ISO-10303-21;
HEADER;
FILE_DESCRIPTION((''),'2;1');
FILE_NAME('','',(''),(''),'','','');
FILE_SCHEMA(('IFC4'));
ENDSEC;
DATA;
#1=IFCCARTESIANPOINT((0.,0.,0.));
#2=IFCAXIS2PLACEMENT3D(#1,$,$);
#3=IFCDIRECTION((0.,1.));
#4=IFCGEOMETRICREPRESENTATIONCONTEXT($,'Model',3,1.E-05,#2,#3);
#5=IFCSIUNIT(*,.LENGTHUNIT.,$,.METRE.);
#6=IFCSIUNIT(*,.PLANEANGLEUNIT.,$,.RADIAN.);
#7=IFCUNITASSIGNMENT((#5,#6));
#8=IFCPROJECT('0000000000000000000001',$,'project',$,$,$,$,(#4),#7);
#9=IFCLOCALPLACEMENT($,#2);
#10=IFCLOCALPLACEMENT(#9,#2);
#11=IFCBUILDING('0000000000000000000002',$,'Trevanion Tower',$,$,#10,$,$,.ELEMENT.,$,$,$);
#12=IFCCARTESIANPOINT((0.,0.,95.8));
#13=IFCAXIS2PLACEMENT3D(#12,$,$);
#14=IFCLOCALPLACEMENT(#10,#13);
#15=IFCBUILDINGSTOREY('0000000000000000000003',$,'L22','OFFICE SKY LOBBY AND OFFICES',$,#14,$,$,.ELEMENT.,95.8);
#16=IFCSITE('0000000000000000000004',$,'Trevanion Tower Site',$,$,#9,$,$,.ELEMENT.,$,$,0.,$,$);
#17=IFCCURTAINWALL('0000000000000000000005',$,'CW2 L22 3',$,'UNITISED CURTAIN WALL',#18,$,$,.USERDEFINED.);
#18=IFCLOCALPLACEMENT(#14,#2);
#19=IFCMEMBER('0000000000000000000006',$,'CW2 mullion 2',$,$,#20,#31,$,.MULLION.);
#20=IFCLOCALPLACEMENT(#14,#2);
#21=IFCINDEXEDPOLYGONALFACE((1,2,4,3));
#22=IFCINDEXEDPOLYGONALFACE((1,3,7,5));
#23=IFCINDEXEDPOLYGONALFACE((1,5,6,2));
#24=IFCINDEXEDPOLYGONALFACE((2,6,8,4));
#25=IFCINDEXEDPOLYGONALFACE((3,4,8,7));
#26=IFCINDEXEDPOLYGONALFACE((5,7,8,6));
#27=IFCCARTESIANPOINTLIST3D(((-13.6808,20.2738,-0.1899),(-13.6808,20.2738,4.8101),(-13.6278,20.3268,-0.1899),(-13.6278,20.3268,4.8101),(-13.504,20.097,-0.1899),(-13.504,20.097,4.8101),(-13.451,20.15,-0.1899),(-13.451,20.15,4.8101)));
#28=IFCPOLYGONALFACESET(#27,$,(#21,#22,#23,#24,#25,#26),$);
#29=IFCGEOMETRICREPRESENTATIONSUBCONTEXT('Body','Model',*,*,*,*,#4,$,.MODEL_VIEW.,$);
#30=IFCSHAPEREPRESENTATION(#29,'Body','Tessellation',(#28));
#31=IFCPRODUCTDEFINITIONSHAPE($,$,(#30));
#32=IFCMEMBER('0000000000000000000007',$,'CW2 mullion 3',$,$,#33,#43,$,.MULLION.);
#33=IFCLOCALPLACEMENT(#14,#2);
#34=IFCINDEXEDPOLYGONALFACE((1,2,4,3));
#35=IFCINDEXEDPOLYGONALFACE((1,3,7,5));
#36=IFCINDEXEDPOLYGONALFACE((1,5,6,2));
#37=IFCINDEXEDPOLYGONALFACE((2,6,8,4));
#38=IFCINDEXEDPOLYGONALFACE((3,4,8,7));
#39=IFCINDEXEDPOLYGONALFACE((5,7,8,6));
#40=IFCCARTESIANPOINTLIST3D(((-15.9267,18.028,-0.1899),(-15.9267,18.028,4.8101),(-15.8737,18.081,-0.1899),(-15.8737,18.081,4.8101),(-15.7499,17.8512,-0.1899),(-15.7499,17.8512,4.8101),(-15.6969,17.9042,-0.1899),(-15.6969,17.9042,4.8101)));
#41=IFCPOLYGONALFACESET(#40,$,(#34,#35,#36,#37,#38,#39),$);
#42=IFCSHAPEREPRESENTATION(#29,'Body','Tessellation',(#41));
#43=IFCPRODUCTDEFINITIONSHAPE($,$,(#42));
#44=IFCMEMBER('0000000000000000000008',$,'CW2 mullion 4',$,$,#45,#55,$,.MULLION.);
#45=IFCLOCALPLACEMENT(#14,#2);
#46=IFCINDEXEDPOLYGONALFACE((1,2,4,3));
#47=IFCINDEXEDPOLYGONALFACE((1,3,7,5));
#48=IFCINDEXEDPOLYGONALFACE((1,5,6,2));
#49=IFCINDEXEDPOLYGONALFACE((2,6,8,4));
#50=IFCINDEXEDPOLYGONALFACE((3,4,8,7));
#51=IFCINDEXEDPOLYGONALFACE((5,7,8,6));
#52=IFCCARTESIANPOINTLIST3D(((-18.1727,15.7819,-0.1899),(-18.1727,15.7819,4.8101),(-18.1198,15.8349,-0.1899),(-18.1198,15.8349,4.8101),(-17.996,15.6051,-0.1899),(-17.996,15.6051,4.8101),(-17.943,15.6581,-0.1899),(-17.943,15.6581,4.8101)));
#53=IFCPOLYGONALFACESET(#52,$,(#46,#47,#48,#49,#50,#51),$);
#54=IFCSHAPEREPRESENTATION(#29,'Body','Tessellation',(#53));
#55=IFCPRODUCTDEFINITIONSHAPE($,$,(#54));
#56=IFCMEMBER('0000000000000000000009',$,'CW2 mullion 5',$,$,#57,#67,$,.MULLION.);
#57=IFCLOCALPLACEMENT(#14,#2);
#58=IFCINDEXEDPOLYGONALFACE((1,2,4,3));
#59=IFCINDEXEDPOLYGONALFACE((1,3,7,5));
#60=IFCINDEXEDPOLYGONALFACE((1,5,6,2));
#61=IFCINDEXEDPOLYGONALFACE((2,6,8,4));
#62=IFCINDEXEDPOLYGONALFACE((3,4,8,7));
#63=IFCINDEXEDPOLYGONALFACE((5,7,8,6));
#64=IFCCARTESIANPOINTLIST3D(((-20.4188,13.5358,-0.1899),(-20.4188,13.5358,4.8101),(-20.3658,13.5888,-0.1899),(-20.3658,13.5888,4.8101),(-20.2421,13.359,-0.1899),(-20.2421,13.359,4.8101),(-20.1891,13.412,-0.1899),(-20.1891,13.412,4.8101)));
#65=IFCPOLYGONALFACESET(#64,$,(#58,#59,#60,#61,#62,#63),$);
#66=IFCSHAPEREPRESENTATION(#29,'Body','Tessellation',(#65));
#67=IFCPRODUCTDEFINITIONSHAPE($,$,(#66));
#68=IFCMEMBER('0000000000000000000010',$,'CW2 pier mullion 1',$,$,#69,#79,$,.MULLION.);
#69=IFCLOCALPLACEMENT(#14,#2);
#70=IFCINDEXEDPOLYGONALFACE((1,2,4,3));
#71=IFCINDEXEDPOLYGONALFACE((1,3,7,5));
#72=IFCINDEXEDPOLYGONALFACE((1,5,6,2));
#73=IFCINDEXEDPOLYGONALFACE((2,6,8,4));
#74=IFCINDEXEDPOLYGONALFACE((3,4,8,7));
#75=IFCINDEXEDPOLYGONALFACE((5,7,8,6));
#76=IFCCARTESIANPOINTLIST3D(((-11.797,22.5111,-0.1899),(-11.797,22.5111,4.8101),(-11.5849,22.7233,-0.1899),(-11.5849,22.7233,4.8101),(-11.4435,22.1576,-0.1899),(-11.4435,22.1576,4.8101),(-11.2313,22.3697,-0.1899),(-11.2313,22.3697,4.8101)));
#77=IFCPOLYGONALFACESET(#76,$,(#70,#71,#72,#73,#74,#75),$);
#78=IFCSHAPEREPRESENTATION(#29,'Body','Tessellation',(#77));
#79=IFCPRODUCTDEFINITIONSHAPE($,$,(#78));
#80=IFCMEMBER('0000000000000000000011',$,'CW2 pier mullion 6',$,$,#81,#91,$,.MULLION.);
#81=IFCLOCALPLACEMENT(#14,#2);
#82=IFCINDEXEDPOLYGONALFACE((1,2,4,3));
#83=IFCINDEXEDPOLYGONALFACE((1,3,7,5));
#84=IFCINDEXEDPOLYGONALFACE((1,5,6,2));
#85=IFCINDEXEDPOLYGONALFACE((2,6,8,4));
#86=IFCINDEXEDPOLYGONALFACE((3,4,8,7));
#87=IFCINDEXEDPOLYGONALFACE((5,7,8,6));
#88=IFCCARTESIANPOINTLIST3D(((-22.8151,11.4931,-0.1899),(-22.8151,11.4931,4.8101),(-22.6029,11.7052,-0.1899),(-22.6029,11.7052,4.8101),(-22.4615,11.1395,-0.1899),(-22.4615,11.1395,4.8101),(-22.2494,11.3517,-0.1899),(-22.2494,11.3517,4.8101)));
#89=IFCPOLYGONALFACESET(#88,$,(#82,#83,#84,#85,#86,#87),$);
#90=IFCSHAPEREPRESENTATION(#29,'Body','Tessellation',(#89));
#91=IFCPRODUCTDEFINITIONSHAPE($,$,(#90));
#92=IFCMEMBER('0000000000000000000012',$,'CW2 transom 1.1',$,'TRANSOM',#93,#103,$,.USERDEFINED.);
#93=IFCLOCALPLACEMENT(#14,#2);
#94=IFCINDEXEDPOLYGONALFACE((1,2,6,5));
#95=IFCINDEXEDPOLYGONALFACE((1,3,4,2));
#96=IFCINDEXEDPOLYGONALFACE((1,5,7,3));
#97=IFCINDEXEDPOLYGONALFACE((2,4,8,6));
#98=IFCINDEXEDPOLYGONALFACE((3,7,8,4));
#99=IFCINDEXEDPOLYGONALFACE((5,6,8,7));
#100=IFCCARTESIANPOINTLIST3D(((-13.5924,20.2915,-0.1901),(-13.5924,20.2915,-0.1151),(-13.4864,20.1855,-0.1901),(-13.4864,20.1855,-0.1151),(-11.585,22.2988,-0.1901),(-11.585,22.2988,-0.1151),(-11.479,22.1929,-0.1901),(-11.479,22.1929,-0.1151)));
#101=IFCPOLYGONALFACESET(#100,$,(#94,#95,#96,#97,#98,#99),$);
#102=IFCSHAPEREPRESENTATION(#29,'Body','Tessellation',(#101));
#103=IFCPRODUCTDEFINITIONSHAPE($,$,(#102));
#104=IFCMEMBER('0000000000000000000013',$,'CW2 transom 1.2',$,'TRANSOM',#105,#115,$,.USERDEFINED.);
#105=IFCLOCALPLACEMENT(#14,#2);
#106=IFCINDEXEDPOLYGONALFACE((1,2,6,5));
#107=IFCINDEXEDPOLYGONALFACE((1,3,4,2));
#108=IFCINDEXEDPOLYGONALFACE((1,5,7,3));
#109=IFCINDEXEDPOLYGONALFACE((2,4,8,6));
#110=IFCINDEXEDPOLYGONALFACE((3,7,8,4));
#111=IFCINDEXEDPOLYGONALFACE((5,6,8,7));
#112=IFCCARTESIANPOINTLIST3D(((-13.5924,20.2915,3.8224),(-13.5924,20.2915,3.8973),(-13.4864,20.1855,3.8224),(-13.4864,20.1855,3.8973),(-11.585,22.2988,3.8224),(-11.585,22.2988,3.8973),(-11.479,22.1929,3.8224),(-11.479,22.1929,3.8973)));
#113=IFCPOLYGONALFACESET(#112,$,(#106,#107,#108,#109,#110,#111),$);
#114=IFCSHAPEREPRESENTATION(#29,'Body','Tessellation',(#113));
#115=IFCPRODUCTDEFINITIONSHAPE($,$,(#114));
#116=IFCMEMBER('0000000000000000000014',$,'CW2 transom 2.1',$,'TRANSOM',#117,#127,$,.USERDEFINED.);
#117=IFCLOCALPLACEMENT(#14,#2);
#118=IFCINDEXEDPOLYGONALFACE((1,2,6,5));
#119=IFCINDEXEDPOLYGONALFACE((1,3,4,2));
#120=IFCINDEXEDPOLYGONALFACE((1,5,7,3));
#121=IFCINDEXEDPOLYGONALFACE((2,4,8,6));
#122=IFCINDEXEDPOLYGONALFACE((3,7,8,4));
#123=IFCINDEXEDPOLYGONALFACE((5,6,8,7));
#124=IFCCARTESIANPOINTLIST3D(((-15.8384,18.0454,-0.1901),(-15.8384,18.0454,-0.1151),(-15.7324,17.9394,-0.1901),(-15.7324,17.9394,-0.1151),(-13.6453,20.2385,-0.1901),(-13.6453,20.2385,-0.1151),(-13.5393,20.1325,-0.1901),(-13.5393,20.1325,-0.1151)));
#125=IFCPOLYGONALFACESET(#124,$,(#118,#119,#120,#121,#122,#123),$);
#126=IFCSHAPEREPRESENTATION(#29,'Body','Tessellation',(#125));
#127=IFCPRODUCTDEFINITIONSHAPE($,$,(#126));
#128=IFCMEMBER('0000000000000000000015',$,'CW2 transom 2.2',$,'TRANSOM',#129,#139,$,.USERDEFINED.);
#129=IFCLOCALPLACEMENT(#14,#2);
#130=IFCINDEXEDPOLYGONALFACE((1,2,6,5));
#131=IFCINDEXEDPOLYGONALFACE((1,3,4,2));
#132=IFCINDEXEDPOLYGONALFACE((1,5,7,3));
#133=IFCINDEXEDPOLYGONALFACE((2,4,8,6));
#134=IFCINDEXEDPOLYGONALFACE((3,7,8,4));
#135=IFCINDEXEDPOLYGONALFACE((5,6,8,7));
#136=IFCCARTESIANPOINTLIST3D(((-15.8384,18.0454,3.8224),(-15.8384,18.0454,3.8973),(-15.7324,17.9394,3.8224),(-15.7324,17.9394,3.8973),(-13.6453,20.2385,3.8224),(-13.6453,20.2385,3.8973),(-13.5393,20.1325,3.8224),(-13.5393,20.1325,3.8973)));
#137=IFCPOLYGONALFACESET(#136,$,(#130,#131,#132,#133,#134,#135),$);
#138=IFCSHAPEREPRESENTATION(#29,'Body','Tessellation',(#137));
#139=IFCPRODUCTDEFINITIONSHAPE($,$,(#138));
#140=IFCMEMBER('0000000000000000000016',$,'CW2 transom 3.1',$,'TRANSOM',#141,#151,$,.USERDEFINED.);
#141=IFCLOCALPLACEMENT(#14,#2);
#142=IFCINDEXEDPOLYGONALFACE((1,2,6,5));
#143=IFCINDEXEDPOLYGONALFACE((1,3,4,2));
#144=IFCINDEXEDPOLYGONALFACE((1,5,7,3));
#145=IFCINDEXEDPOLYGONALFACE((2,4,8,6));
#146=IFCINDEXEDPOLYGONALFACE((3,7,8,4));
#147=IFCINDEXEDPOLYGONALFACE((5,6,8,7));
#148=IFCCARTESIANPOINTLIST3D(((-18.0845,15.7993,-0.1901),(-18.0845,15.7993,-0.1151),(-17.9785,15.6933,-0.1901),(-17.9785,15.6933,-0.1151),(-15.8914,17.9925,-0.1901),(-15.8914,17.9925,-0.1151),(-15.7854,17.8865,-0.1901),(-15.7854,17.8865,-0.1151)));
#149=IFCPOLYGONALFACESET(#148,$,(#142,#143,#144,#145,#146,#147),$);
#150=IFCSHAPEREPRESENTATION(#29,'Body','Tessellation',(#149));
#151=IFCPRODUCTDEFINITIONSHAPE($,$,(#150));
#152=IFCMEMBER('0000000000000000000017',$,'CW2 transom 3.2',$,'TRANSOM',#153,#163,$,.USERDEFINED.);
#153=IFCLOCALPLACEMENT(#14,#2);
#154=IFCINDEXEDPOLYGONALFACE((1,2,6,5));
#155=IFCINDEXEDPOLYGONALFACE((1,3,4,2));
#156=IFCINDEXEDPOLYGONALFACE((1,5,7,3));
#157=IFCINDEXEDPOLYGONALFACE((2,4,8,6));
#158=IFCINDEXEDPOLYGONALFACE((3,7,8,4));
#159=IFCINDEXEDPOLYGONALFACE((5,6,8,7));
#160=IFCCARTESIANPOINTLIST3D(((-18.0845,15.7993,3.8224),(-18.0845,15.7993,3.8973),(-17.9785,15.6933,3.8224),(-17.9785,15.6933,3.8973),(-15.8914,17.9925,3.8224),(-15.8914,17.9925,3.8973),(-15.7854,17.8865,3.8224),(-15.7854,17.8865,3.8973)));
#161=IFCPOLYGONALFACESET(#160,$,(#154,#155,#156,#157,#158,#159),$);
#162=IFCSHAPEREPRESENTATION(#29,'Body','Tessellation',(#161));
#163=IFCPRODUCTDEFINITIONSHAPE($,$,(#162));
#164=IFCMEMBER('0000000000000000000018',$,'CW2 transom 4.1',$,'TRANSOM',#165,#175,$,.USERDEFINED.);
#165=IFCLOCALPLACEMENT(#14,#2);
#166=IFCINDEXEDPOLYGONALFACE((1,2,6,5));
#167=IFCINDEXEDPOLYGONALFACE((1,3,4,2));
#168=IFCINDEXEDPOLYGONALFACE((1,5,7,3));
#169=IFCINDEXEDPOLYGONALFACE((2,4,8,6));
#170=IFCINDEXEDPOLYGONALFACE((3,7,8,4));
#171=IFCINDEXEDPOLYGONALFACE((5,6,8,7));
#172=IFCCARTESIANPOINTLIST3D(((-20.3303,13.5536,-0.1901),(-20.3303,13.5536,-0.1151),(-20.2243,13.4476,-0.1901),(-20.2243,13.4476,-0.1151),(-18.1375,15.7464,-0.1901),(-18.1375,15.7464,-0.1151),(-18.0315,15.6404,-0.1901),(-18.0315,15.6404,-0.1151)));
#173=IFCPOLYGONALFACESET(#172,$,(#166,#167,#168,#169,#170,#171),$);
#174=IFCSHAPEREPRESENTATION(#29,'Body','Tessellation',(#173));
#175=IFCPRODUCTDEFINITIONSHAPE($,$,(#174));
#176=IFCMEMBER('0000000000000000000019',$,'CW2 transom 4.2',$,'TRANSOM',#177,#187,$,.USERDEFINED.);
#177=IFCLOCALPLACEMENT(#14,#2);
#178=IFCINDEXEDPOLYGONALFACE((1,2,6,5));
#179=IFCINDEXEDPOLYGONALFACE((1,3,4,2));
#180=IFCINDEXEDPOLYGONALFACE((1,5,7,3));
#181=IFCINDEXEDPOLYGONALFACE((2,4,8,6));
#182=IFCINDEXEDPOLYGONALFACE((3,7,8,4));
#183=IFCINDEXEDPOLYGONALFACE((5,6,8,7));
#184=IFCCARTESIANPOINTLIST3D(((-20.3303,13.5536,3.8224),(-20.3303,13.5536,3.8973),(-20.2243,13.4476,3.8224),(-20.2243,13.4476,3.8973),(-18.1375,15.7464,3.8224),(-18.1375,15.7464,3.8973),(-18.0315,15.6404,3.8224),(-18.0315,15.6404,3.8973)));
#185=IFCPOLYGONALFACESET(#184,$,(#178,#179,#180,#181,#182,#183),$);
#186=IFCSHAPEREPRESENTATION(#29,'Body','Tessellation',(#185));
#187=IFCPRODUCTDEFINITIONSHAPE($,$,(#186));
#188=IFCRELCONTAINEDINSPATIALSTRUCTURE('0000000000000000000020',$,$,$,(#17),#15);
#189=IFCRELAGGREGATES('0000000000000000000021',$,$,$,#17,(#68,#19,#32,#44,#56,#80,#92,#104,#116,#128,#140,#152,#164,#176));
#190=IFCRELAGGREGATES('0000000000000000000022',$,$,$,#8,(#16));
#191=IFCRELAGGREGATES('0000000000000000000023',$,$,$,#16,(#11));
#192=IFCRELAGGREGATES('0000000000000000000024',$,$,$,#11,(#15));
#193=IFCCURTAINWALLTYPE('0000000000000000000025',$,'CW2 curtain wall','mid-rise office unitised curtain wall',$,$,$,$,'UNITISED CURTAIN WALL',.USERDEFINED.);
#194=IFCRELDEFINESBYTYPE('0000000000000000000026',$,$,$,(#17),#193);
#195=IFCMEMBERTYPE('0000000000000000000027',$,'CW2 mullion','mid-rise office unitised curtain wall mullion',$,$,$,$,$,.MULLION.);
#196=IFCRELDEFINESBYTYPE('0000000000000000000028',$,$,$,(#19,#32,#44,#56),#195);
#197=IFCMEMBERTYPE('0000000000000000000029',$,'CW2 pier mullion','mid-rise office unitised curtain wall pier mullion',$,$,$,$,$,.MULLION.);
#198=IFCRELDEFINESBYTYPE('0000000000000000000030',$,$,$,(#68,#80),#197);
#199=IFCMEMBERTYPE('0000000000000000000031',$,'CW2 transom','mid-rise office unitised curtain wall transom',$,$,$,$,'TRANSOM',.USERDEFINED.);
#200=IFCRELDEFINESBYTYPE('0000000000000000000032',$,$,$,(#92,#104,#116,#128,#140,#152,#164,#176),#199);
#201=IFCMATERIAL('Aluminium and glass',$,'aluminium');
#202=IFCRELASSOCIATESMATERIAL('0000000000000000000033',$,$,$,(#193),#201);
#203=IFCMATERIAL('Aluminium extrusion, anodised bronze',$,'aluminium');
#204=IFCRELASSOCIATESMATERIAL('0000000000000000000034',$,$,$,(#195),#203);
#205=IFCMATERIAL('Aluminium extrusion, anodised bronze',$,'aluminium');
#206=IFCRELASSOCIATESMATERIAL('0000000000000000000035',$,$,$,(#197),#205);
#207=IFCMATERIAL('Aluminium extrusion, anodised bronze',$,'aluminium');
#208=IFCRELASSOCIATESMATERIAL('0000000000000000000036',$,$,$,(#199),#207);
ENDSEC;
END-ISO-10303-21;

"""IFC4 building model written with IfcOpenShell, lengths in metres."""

from ifc_helpers import new_model, si_unit, direction, frame, origin, origin_2d, place, context, subcontext, project, spatial, rectangle, extrude, material, material_profile, profile_set, type_object, element, aggregate, save


model = new_model("IFC4")

# Units and contexts
model_context = context("Model", 3, precision=1e-05, world=origin(), true_north=direction((0.0, 1.0)))
body_context = subcontext(model_context, "Body", "Model", "MODEL_VIEW")
ifc_project = project(units=[si_unit("LENGTHUNIT", "METRE"), si_unit("PLANEANGLEUNIT", "RADIAN")], contexts=[model_context])

# Site, building, storey
site_placement = place(None, origin())
site = spatial("IfcSite", under=ifc_project, at=site_placement, Name="Trevanion Tower Site", CompositionType="ELEMENT", RefElevation=0.0)
building_placement = place(site_placement, origin())
building = spatial("IfcBuilding", under=site, at=building_placement, Name="Trevanion Tower", CompositionType="ELEMENT")
storey_placement = place(building_placement, frame((0.0, 0.0, 95.8)))
storey = spatial("IfcBuildingStorey", under=building, at=storey_placement, Name="L22", Description="OFFICE SKY LOBBY AND OFFICES", CompositionType="ELEMENT", Elevation=95.8)

# Curtain wall, members
ifc_material_1 = material(Name="Aluminium and glass", Category="aluminium")
curtain_wall_type = type_object("IfcCurtainWallType", Name="CW2 curtain wall", Description="mid-rise office unitised curtain wall", ElementType="UNITISED CURTAIN WALL", PredefinedType="USERDEFINED", material=ifc_material_1)
curtain_wall_placement = place(storey_placement, origin())
curtain_wall = element("IfcCurtainWall", 1, at=curtain_wall_placement, inside=storey, type_object=curtain_wall_type, Name="CW2 L22 3", ObjectType="UNITISED CURTAIN WALL", PredefinedType="USERDEFINED")
ifc_material_2 = material(Name="Aluminium extrusion, anodised bronze", Category="aluminium")
ifc_material_profile_1 = material_profile(ifc_material_2, rectangle(XDim=0.075, YDim=0.25, at=origin_2d()), Name="CW2 mullion")
ifc_profile_set_1 = profile_set([ifc_material_profile_1], Name="Aluminium extrusion, anodised bronze")
member_type_1 = type_object("IfcMemberType", Name="CW2 mullion", Description="mid-rise office unitised curtain wall mullion", PredefinedType="MULLION", material=ifc_profile_set_1)
member_1_placement = place(storey_placement, frame((-13.5659, 20.2119, -0.1899), z_axis=(0.0, 0.0, 1.0), x_axis=(-0.707107, -0.707107, 0.0)))
member_1 = element("IfcMember", 2, at=member_1_placement, type_object=member_type_1, Name="CW2 mullion 2", PredefinedType="MULLION", context=body_context, shape_type="SweptSolid", body=[
    extrude(rectangle(XDim=0.075, YDim=0.25, at=origin_2d()), origin(), (0.0, 0.0, 1.0), 5.0),
])
member_2_placement = place(storey_placement, frame((-15.8118, 17.9661, -0.1899), z_axis=(0.0, 0.0, 1.0), x_axis=(-0.707107, -0.707107, 0.0)))
member_2 = element("IfcMember", 3, at=member_2_placement, type_object=member_type_1, Name="CW2 mullion 3", PredefinedType="MULLION", context=body_context, shape_type="SweptSolid", body=[
    extrude(rectangle(XDim=0.075, YDim=0.25, at=origin_2d()), origin(), (0.0, 0.0, 1.0), 5.0),
])
member_3_placement = place(storey_placement, frame((-18.0579, 15.72, -0.1899), z_axis=(0.0, 0.0, 1.0), x_axis=(-0.707107, -0.707107, 0.0)))
member_3 = element("IfcMember", 4, at=member_3_placement, type_object=member_type_1, Name="CW2 mullion 4", PredefinedType="MULLION", context=body_context, shape_type="SweptSolid", body=[
    extrude(rectangle(XDim=0.075, YDim=0.25, at=origin_2d()), origin(), (0.0, 0.0, 1.0), 5.0),
])
member_4_placement = place(storey_placement, frame((-20.304, 13.4739, -0.1899), z_axis=(0.0, 0.0, 1.0), x_axis=(-0.707107, -0.707107, 0.0)))
member_4 = element("IfcMember", 5, at=member_4_placement, type_object=member_type_1, Name="CW2 mullion 5", PredefinedType="MULLION", context=body_context, shape_type="SweptSolid", body=[
    extrude(rectangle(XDim=0.075, YDim=0.25, at=origin_2d()), origin(), (0.0, 0.0, 1.0), 5.0),
])
ifc_material_3 = material(Name="Aluminium extrusion, anodised bronze", Category="aluminium")
ifc_material_profile_2 = material_profile(ifc_material_3, rectangle(XDim=0.3, YDim=0.5, at=origin_2d()), Name="CW2 pier mullion")
ifc_profile_set_2 = profile_set([ifc_material_profile_2], Name="Aluminium extrusion, anodised bronze")
member_type_2 = type_object("IfcMemberType", Name="CW2 pier mullion", Description="mid-rise office unitised curtain wall pier mullion", PredefinedType="MULLION", material=ifc_profile_set_2)
member_5_placement = place(storey_placement, frame((-11.5142, 22.4404, -0.1899), z_axis=(0.0, 0.0, 1.0), x_axis=(-0.707107, -0.707107, 0.0)))
member_5 = element("IfcMember", 6, at=member_5_placement, type_object=member_type_2, Name="CW2 pier mullion 1", PredefinedType="MULLION", context=body_context, shape_type="SweptSolid", body=[
    extrude(rectangle(XDim=0.3, YDim=0.5, at=origin_2d()), origin(), (0.0, 0.0, 1.0), 5.0),
])
member_6_placement = place(storey_placement, frame((-22.5322, 11.4224, -0.1899), z_axis=(0.0, 0.0, 1.0), x_axis=(-0.707107, -0.707107, 0.0)))
member_6 = element("IfcMember", 7, at=member_6_placement, type_object=member_type_2, Name="CW2 pier mullion 6", PredefinedType="MULLION", context=body_context, shape_type="SweptSolid", body=[
    extrude(rectangle(XDim=0.3, YDim=0.5, at=origin_2d()), origin(), (0.0, 0.0, 1.0), 5.0),
])
ifc_material_4 = material(Name="Aluminium extrusion, anodised bronze", Category="aluminium")
ifc_material_profile_3 = material_profile(ifc_material_4, rectangle(XDim=0.1499, YDim=0.075, at=origin_2d()), Name="CW2 transom")
ifc_profile_set_3 = profile_set([ifc_material_profile_3], Name="Aluminium extrusion, anodised bronze")
member_type_3 = type_object("IfcMemberType", Name="CW2 transom", Description="mid-rise office unitised curtain wall transom", ElementType="TRANSOM", PredefinedType="USERDEFINED", material=ifc_profile_set_3)
member_7_placement = place(storey_placement, frame((-11.532, 22.2458, -0.1526), z_axis=(-0.707107, -0.707107, 0.0), x_axis=(0.707107, -0.707107, 0.0)))
member_7 = element("IfcMember", 8, at=member_7_placement, type_object=member_type_3, Name="CW2 transom 1.1", ObjectType="TRANSOM", PredefinedType="USERDEFINED", context=body_context, shape_type="SweptSolid", body=[
    extrude(rectangle(XDim=0.1499, YDim=0.075, at=origin_2d()), origin(), (0.0, 0.0, 1.0), 2.8389),
])
member_8_placement = place(storey_placement, frame((-11.532, 22.2458, 3.8599), z_axis=(-0.707107, -0.707107, 0.0), x_axis=(0.707107, -0.707107, 0.0)))
member_8 = element("IfcMember", 9, at=member_8_placement, type_object=member_type_3, Name="CW2 transom 1.2", ObjectType="TRANSOM", PredefinedType="USERDEFINED", context=body_context, shape_type="SweptSolid", body=[
    extrude(rectangle(XDim=0.1499, YDim=0.075, at=origin_2d()), origin(), (0.0, 0.0, 1.0), 2.8389),
])
member_9_placement = place(storey_placement, frame((-13.5923, 20.1855, -0.1526), z_axis=(-0.707107, -0.707107, 0.0), x_axis=(0.707107, -0.707107, 0.0)))
member_9 = element("IfcMember", 10, at=member_9_placement, type_object=member_type_3, Name="CW2 transom 2.1", ObjectType="TRANSOM", PredefinedType="USERDEFINED", context=body_context, shape_type="SweptSolid", body=[
    extrude(rectangle(XDim=0.1499, YDim=0.075, at=origin_2d()), origin(), (0.0, 0.0, 1.0), 3.1016),
])
member_10_placement = place(storey_placement, frame((-13.5923, 20.1855, 3.8599), z_axis=(-0.707107, -0.707107, 0.0), x_axis=(0.707107, -0.707107, 0.0)))
member_10 = element("IfcMember", 11, at=member_10_placement, type_object=member_type_3, Name="CW2 transom 2.2", ObjectType="TRANSOM", PredefinedType="USERDEFINED", context=body_context, shape_type="SweptSolid", body=[
    extrude(rectangle(XDim=0.1499, YDim=0.075, at=origin_2d()), origin(), (0.0, 0.0, 1.0), 3.1016),
])
member_11_placement = place(storey_placement, frame((-15.8384, 17.9395, -0.1526), z_axis=(-0.707107, -0.707107, 0.0), x_axis=(0.707107, -0.707107, 0.0)))
member_11 = element("IfcMember", 12, at=member_11_placement, type_object=member_type_3, Name="CW2 transom 3.1", ObjectType="TRANSOM", PredefinedType="USERDEFINED", context=body_context, shape_type="SweptSolid", body=[
    extrude(rectangle(XDim=0.1499, YDim=0.075, at=origin_2d()), origin(), (0.0, 0.0, 1.0), 3.1016),
])
member_12_placement = place(storey_placement, frame((-15.8384, 17.9395, 3.8599), z_axis=(-0.707107, -0.707107, 0.0), x_axis=(0.707107, -0.707107, 0.0)))
member_12 = element("IfcMember", 13, at=member_12_placement, type_object=member_type_3, Name="CW2 transom 3.2", ObjectType="TRANSOM", PredefinedType="USERDEFINED", context=body_context, shape_type="SweptSolid", body=[
    extrude(rectangle(XDim=0.1499, YDim=0.075, at=origin_2d()), origin(), (0.0, 0.0, 1.0), 3.1016),
])
member_13_placement = place(storey_placement, frame((-18.0845, 15.6934, -0.1526), z_axis=(-0.707107, -0.707107, 0.0), x_axis=(0.707107, -0.707107, 0.0)))
member_13 = element("IfcMember", 14, at=member_13_placement, type_object=member_type_3, Name="CW2 transom 4.1", ObjectType="TRANSOM", PredefinedType="USERDEFINED", context=body_context, shape_type="SweptSolid", body=[
    extrude(rectangle(XDim=0.1499, YDim=0.075, at=origin_2d()), origin(), (0.0, 0.0, 1.0), 3.1011),
])
member_14_placement = place(storey_placement, frame((-18.0845, 15.6934, 3.8599), z_axis=(-0.707107, -0.707107, 0.0), x_axis=(0.707107, -0.707107, 0.0)))
member_14 = element("IfcMember", 15, at=member_14_placement, type_object=member_type_3, Name="CW2 transom 4.2", ObjectType="TRANSOM", PredefinedType="USERDEFINED", context=body_context, shape_type="SweptSolid", body=[
    extrude(rectangle(XDim=0.1499, YDim=0.075, at=origin_2d()), origin(), (0.0, 0.0, 1.0), 3.1011),
])
aggregate(curtain_wall, [member_5, member_1, member_2, member_3, member_4, member_6, member_7, member_8, member_9, member_10, member_11, member_12, member_13, member_14])

save(model, "model.ifc")
